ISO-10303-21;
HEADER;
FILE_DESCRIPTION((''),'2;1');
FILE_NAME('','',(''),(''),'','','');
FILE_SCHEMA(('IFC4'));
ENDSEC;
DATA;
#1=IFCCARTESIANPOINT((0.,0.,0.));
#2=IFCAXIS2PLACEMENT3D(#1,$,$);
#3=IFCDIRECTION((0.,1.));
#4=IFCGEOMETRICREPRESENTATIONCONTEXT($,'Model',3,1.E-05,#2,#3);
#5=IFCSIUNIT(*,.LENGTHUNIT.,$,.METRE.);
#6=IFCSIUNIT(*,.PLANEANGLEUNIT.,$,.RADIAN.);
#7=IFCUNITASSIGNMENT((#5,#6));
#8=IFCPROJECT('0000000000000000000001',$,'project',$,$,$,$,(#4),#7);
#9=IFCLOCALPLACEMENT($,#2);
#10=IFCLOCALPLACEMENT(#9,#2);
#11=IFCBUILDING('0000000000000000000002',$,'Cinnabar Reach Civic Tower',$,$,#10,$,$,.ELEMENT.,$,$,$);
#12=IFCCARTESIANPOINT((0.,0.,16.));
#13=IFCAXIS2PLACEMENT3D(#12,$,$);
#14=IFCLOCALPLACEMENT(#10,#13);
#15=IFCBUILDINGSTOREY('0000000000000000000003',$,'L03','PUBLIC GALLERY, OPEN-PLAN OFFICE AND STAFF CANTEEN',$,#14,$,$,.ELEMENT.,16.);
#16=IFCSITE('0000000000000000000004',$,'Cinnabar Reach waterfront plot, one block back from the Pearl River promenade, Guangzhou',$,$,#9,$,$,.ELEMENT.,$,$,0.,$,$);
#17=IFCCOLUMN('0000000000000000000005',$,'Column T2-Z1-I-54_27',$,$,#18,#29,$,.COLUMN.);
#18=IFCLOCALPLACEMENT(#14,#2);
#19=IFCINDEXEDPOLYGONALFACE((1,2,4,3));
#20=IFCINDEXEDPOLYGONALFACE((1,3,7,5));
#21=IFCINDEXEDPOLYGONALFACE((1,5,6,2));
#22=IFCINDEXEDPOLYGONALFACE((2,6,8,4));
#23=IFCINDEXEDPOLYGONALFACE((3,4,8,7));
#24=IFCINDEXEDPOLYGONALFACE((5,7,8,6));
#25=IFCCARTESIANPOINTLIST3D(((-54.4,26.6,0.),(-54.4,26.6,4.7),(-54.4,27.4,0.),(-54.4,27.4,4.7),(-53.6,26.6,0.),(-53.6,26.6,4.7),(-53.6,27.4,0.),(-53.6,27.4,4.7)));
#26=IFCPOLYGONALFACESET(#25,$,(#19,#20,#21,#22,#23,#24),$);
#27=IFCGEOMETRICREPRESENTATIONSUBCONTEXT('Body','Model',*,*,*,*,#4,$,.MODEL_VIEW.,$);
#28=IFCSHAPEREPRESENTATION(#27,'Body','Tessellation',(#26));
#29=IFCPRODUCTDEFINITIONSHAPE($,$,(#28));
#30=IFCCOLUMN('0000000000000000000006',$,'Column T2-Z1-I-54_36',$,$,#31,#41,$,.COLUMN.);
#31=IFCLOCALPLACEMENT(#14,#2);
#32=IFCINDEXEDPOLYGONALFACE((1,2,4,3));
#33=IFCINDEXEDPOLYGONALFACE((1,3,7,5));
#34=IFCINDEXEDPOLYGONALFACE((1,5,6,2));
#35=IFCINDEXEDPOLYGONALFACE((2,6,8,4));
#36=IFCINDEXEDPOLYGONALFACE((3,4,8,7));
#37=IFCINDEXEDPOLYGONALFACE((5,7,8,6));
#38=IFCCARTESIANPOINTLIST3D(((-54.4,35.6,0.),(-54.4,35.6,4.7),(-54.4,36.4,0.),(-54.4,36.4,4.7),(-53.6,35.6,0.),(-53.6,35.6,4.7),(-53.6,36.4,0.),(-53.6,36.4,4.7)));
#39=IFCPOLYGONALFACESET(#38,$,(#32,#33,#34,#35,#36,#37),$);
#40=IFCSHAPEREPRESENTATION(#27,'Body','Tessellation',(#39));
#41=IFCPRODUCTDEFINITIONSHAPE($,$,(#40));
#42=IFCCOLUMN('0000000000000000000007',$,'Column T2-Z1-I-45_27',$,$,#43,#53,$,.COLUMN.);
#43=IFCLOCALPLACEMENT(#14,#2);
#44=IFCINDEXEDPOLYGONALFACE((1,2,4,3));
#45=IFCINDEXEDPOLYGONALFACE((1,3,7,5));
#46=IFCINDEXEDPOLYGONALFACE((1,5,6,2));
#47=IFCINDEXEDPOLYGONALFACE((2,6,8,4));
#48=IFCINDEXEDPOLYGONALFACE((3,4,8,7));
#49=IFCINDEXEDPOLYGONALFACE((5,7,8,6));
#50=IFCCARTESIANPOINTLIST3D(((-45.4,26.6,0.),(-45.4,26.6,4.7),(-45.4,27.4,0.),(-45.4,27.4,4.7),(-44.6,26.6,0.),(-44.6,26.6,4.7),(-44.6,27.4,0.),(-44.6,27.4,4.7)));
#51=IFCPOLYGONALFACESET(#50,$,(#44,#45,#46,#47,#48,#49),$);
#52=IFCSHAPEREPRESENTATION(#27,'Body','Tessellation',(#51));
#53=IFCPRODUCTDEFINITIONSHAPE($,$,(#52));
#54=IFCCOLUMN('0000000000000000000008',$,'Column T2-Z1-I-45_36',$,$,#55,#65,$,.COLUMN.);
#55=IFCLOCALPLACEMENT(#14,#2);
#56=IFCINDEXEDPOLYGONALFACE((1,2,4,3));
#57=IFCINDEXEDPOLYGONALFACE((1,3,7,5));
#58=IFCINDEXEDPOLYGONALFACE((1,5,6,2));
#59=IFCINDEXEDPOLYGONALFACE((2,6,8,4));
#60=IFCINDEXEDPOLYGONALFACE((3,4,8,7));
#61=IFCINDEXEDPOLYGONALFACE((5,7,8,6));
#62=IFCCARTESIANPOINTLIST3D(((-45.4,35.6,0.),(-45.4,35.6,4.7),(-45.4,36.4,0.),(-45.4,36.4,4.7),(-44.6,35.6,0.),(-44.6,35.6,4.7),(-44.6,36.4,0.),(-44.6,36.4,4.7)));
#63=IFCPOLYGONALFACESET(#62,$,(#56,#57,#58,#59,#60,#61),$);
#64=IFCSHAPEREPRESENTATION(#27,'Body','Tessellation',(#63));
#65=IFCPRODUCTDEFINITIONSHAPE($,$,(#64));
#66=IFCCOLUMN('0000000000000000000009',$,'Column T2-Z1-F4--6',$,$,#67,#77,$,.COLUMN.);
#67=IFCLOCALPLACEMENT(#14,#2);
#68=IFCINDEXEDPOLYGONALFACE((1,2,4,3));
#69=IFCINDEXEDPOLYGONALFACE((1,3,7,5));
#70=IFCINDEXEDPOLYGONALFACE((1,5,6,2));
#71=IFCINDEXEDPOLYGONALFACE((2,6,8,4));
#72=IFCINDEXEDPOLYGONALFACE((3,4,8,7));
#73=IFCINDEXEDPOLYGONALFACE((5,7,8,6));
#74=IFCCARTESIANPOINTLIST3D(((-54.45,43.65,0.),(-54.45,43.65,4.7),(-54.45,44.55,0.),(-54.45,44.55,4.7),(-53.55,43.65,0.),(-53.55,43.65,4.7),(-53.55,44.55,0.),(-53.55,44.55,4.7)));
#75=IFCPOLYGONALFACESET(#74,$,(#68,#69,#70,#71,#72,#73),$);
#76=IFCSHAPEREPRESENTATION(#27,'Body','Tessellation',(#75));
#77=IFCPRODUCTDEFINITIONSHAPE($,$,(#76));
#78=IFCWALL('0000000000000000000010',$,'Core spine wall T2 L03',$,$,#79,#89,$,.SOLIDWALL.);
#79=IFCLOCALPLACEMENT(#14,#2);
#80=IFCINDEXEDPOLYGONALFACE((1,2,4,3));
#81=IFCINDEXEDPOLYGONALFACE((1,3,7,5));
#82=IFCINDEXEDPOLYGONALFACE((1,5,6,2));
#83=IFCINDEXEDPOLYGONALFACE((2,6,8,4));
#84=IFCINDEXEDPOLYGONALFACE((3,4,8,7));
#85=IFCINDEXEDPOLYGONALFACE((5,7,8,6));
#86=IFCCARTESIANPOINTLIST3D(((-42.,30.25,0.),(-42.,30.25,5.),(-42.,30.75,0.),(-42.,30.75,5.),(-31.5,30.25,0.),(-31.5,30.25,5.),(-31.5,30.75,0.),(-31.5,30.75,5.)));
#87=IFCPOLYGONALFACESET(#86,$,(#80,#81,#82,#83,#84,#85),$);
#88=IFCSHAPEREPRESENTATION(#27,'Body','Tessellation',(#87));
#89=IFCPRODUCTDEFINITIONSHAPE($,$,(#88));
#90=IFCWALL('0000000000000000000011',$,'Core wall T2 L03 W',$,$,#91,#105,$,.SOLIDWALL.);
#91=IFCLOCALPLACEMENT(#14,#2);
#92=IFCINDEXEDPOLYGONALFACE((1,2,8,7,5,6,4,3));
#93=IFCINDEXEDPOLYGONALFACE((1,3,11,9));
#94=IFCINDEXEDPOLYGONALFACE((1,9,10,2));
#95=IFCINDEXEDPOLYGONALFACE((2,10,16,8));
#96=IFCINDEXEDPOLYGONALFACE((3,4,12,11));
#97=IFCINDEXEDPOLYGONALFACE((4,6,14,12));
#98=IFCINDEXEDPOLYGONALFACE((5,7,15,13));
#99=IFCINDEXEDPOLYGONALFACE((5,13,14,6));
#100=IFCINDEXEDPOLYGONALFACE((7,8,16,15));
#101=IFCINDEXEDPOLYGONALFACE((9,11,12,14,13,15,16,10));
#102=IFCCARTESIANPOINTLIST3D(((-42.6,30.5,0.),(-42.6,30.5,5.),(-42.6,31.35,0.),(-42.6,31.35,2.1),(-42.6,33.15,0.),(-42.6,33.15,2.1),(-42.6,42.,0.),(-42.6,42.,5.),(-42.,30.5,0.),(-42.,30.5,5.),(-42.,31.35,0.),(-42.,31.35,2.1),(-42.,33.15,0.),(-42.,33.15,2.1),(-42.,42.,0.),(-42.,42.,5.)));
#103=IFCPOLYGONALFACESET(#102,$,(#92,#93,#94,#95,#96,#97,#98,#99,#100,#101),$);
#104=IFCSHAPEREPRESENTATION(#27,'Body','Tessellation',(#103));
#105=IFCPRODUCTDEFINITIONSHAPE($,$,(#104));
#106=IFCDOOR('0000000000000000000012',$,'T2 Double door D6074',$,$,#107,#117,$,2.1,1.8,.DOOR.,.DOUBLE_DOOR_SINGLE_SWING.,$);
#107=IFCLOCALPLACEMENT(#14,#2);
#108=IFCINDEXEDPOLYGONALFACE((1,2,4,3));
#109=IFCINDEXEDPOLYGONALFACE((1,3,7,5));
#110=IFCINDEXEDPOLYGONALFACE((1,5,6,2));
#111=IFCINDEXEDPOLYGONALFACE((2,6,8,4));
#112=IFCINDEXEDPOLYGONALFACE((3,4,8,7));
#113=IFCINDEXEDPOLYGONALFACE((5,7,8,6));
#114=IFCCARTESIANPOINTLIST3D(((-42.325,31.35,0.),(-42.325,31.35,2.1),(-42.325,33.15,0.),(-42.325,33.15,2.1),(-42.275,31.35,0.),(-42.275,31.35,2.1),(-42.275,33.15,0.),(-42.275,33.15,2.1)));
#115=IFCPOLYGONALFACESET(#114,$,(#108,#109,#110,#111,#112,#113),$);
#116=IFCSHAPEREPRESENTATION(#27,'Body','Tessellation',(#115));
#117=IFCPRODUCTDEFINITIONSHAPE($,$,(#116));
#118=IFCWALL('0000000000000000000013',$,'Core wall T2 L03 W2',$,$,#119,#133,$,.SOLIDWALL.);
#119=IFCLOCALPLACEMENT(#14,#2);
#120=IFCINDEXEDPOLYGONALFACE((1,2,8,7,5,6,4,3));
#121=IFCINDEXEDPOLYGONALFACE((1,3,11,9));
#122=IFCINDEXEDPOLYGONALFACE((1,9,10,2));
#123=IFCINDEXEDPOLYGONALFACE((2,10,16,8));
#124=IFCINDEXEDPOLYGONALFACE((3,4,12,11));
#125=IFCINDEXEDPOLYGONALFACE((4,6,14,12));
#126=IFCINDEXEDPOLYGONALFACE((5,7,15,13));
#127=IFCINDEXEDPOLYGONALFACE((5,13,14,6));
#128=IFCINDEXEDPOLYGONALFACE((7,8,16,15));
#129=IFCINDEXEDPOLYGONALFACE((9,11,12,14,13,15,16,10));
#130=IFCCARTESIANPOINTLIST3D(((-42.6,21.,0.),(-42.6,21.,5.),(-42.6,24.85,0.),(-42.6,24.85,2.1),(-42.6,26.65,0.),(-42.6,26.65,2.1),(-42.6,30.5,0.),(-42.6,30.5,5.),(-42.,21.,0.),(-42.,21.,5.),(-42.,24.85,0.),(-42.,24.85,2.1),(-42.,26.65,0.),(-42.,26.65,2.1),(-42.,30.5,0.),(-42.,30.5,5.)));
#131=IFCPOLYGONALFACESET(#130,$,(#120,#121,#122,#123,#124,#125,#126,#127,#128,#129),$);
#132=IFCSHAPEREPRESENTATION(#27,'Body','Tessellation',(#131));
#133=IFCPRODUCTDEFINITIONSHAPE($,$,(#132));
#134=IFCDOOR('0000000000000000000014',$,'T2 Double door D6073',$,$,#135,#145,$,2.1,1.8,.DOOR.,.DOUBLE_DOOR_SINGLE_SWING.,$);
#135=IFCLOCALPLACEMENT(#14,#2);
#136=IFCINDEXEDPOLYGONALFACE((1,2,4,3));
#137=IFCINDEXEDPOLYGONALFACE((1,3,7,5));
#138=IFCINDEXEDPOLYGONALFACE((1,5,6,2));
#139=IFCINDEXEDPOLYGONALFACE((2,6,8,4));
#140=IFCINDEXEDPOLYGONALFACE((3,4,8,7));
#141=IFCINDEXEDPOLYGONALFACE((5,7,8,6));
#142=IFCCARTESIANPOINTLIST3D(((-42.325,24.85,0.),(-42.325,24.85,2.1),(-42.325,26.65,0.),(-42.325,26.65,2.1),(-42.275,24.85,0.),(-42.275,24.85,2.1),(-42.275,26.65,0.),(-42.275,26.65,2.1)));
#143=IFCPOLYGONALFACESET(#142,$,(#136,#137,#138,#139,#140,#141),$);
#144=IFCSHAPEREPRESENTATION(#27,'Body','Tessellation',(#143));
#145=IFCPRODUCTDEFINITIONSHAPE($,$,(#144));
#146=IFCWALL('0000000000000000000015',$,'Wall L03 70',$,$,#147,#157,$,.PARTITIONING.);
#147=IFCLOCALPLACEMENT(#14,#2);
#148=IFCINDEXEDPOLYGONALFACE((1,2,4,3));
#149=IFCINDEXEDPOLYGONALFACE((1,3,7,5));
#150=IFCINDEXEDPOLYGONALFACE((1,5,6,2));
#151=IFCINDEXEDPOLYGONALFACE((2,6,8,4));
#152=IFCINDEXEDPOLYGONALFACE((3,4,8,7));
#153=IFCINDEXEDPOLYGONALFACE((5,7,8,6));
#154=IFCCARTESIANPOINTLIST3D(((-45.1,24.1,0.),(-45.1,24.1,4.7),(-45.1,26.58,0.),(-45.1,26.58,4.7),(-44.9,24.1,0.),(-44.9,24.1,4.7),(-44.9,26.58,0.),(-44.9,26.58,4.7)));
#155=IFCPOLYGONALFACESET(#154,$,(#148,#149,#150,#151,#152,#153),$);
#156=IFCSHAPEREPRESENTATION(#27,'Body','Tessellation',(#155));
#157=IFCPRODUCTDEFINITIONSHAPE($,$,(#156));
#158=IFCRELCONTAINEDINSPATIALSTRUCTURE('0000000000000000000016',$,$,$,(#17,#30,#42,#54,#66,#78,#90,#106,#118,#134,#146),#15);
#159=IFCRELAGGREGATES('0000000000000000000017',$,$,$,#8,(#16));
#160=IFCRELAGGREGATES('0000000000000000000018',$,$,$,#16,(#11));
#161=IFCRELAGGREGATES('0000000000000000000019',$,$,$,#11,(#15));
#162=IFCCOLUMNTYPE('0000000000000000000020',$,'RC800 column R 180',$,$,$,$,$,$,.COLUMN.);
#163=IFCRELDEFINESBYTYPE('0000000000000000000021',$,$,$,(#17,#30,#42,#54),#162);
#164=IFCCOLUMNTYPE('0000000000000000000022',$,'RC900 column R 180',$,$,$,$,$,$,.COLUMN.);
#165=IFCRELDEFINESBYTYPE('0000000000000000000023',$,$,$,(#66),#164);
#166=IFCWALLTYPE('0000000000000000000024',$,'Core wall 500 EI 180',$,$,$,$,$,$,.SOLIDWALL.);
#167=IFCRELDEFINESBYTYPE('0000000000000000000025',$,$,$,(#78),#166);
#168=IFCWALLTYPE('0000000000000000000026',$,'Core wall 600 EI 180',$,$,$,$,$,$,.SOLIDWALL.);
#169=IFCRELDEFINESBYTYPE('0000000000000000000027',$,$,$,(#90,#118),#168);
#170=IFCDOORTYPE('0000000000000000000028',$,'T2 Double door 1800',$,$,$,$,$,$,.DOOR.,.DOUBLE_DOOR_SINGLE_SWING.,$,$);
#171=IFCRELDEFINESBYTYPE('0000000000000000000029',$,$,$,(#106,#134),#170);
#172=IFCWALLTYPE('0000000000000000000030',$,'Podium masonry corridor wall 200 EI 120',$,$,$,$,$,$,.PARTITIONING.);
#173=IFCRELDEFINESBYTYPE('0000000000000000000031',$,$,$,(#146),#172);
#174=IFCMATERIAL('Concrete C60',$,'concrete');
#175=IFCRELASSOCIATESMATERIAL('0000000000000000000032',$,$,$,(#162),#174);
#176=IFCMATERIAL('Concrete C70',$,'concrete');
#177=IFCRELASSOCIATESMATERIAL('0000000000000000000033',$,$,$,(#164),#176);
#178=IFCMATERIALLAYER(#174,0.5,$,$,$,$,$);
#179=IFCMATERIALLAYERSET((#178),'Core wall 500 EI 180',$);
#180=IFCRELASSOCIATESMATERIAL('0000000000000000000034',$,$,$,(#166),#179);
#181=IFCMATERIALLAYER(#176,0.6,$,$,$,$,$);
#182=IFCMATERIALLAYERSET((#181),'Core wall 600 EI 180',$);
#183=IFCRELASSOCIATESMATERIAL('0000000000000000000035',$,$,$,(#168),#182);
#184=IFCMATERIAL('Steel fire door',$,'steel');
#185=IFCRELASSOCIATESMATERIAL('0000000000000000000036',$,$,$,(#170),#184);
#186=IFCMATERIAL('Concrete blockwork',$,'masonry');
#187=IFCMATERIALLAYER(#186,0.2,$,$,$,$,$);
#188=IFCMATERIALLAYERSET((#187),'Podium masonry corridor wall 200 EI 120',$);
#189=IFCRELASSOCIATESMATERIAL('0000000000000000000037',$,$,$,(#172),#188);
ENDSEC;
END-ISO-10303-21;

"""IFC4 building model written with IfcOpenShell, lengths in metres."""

from ifc_helpers import new_model, si_unit, direction, frame, frame_2d, origin, origin_2d, place, context, subcontext, project, spatial, rectangle, extrude, material, layer, layer_set, material_profile, profile_set, type_object, element, fill, save


model = new_model("IFC4")

# Units and contexts
model_context = context("Model", 3, precision=1e-05, world=origin(), true_north=direction((0.0, 1.0)))
body_context = subcontext(model_context, "Body", "Model", "MODEL_VIEW")
ifc_project = project(units=[si_unit("LENGTHUNIT", "METRE"), si_unit("PLANEANGLEUNIT", "RADIAN")], contexts=[model_context])

# Site, building, storey
site_placement = place(None, origin())
site = spatial("IfcSite", under=ifc_project, at=site_placement, Name="Cinnabar Reach waterfront plot, one block back from the Pearl River promenade, Guangzhou", CompositionType="ELEMENT", RefElevation=0.0)
building_placement = place(site_placement, origin())
building = spatial("IfcBuilding", under=site, at=building_placement, Name="Cinnabar Reach Civic Tower", CompositionType="ELEMENT")
storey_placement = place(building_placement, frame((0.0, 0.0, 16.0)))
storey = spatial("IfcBuildingStorey", under=building, at=storey_placement, Name="L03", Description="PUBLIC GALLERY, OPEN-PLAN OFFICE AND STAFF CANTEEN", CompositionType="ELEMENT", Elevation=16.0)

# Columns
ifc_material_1 = material(Name="Concrete C60", Category="concrete")
ifc_material_profile_1 = material_profile(ifc_material_1, rectangle(XDim=0.8, YDim=0.8, at=origin_2d()), Name="RC800")
ifc_profile_set_1 = profile_set([ifc_material_profile_1], Name="Concrete C60")
column_type_1 = type_object("IfcColumnType", Name="RC800 column R 180", PredefinedType="COLUMN", material=ifc_profile_set_1)
for number, where, z_axis, x_axis, name in (
    (1, (-54.0, 27.0, 0.0), (0.0, 0.0, 1.0), (1.0, 0.0, 0.0), "Column T2-Z1-I-54_27"),
    (2, (-54.0, 36.0, 0.0), (0.0, 0.0, 1.0), (1.0, 0.0, 0.0), "Column T2-Z1-I-54_36"),
    (3, (-45.0, 27.0, 0.0), (0.0, 0.0, 1.0), (1.0, 0.0, 0.0), "Column T2-Z1-I-45_27"),
    (4, (-45.0, 36.0, 0.0), (0.0, 0.0, 1.0), (1.0, 0.0, 0.0), "Column T2-Z1-I-45_36"),
):
    element("IfcColumn", number, at=place(storey_placement, frame(where, z_axis=z_axis, x_axis=x_axis)), inside=storey, type_object=column_type_1, Name=name, PredefinedType="COLUMN", context=body_context, shape_type="SweptSolid", body=[
        extrude(rectangle(XDim=0.8, YDim=0.8, at=origin_2d()), origin(), (0.0, 0.0, 1.0), 4.7),
    ])
ifc_material_2 = material(Name="Concrete C70", Category="concrete")
ifc_material_profile_2 = material_profile(ifc_material_2, rectangle(XDim=0.9, YDim=0.9, at=origin_2d()), Name="RC900")
ifc_profile_set_2 = profile_set([ifc_material_profile_2], Name="Concrete C70")
column_type_2 = type_object("IfcColumnType", Name="RC900 column R 180", PredefinedType="COLUMN", material=ifc_profile_set_2)
column_placement = place(storey_placement, frame((-54.0, 44.1, 0.0), z_axis=(0.0, 0.0, 1.0), x_axis=(1.0, 0.0, 0.0)))
element("IfcColumn", 5, at=column_placement, inside=storey, type_object=column_type_2, Name="Column T2-Z1-F4--6", PredefinedType="COLUMN", context=body_context, shape_type="SweptSolid", body=[
    extrude(rectangle(XDim=0.9, YDim=0.9, at=origin_2d()), origin(), (0.0, 0.0, 1.0), 4.7),
])

# Wall
ifc_layer_1 = layer(ifc_material_1, 0.5)
ifc_layer_set_1 = layer_set([ifc_layer_1], Name="Core wall 500 EI 180")
wall_type_1 = type_object("IfcWallType", Name="Core wall 500 EI 180", PredefinedType="SOLIDWALL", material=ifc_layer_set_1)
wall_1_placement = place(storey_placement, frame((-42.0, 30.5, 0.0), z_axis=(0.0, 0.0, 1.0), x_axis=(1.0, 0.0, 0.0)))
element("IfcWall", 6, at=wall_1_placement, inside=storey, type_object=wall_type_1, Name="Core spine wall T2 L03", PredefinedType="SOLIDWALL", context=body_context, shape_type="SweptSolid", body=[
    extrude(rectangle(XDim=10.5, YDim=0.5, at=frame_2d((5.25, 0.0))), origin(), (0.0, 0.0, 1.0), 5.0),
])

# Walls, openings, doors
ifc_layer_2 = layer(ifc_material_2, 0.6)
ifc_layer_set_2 = layer_set([ifc_layer_2], Name="Core wall 600 EI 180")
wall_type_2 = type_object("IfcWallType", Name="Core wall 600 EI 180", PredefinedType="SOLIDWALL", material=ifc_layer_set_2)
wall_2_placement = place(storey_placement, frame((-42.3, 42.0, 0.0), z_axis=(0.0, 0.0, 1.0), x_axis=(0.0, -1.0, 0.0)))
wall_2 = element("IfcWall", 7, at=wall_2_placement, inside=storey, type_object=wall_type_2, Name="Core wall T2 L03 W", PredefinedType="SOLIDWALL", context=body_context, shape_type="SweptSolid", body=[
    extrude(rectangle(XDim=11.5, YDim=0.6, at=frame_2d((5.75, 0.0))), origin(), (0.0, 0.0, 1.0), 5.0),
])
opening_1_placement = place(wall_2_placement, frame((8.85, 0.0, 0.0)))
opening_1 = element("IfcOpeningElement", 8, at=opening_1_placement, cuts=wall_2, PredefinedType="OPENING", context=body_context, shape_type="SweptSolid", body=[
    extrude(rectangle(XDim=1.8, YDim=2.1, at=frame_2d((0.9, 1.05))), frame((0.0, 0.31, 0.0), z_axis=(0.0, -1.0, 0.0), x_axis=(1.0, 0.0, 0.0)), (0.0, 0.0, 1.0), 0.62),
])
ifc_material_3 = material(Name="Steel fire door", Category="steel")
door_type_1 = type_object("IfcDoorType", Name="T2 Double door 1800", OperationType="DOUBLE_DOOR_SINGLE_SWING", PredefinedType="DOOR", material=ifc_material_3)
door_1_placement = place(opening_1_placement, frame((1.8, 0.0, 0.0), z_axis=(0.0, 0.0, 1.0), x_axis=(-1.0, 0.0, 0.0)))
door_1 = element("IfcDoor", 9, at=door_1_placement, inside=storey, type_object=door_type_1, Name="T2 Double door D6074", OperationType="DOUBLE_DOOR_SINGLE_SWING", OverallHeight=2.1, OverallWidth=1.8, PredefinedType="DOOR", context=body_context, shape_type="SweptSolid", body=[
    extrude(rectangle(XDim=1.8, YDim=2.1, at=frame_2d((0.9, 1.05))), frame((0.0, 0.025, 0.0), z_axis=(0.0, -1.0, 0.0), x_axis=(1.0, 0.0, 0.0)), (0.0, 0.0, 1.0), 0.05),
])
fill(opening_1, door_1)
wall_3_placement = place(storey_placement, frame((-42.3, 30.5, 0.0), z_axis=(0.0, 0.0, 1.0), x_axis=(0.0, -1.0, 0.0)))
wall_3 = element("IfcWall", 10, at=wall_3_placement, inside=storey, type_object=wall_type_2, Name="Core wall T2 L03 W2", PredefinedType="SOLIDWALL", context=body_context, shape_type="SweptSolid", body=[
    extrude(rectangle(XDim=9.5, YDim=0.6, at=frame_2d((4.75, 0.0))), origin(), (0.0, 0.0, 1.0), 5.0),
])
opening_2_placement = place(wall_3_placement, frame((3.85, 0.0, 0.0)))
opening_2 = element("IfcOpeningElement", 11, at=opening_2_placement, cuts=wall_3, PredefinedType="OPENING", context=body_context, shape_type="SweptSolid", body=[
    extrude(rectangle(XDim=1.8, YDim=2.1, at=frame_2d((0.9, 1.05))), frame((0.0, 0.31, 0.0), z_axis=(0.0, -1.0, 0.0), x_axis=(1.0, 0.0, 0.0)), (0.0, 0.0, 1.0), 0.62),
])
door_2_placement = place(opening_2_placement, origin())
door_2 = element("IfcDoor", 12, at=door_2_placement, inside=storey, type_object=door_type_1, Name="T2 Double door D6073", OperationType="DOUBLE_DOOR_SINGLE_SWING", OverallHeight=2.1, OverallWidth=1.8, PredefinedType="DOOR", context=body_context, shape_type="SweptSolid", body=[
    extrude(rectangle(XDim=1.8, YDim=2.1, at=frame_2d((0.9, 1.05))), frame((0.0, 0.025, 0.0), z_axis=(0.0, -1.0, 0.0), x_axis=(1.0, 0.0, 0.0)), (0.0, 0.0, 1.0), 0.05),
])
fill(opening_2, door_2)

# Wall
ifc_material_4 = material(Name="Concrete blockwork", Category="masonry")
ifc_layer_3 = layer(ifc_material_4, 0.2)
ifc_layer_set_3 = layer_set([ifc_layer_3], Name="Podium masonry corridor wall 200 EI 120")
wall_type_3 = type_object("IfcWallType", Name="Podium masonry corridor wall 200 EI 120", PredefinedType="PARTITIONING", material=ifc_layer_set_3)
wall_4_placement = place(storey_placement, frame((-45.0, 24.1, 0.0), z_axis=(0.0, 0.0, 1.0), x_axis=(0.0, 1.0, 0.0)))
element("IfcWall", 13, at=wall_4_placement, inside=storey, type_object=wall_type_3, Name="Wall L03 70", PredefinedType="PARTITIONING", context=body_context, shape_type="SweptSolid", body=[
    extrude(rectangle(XDim=2.48, YDim=0.2, at=frame_2d((1.24, 0.0))), origin(), (0.0, 0.0, 1.0), 4.7),
])

save(model, "model.ifc")
